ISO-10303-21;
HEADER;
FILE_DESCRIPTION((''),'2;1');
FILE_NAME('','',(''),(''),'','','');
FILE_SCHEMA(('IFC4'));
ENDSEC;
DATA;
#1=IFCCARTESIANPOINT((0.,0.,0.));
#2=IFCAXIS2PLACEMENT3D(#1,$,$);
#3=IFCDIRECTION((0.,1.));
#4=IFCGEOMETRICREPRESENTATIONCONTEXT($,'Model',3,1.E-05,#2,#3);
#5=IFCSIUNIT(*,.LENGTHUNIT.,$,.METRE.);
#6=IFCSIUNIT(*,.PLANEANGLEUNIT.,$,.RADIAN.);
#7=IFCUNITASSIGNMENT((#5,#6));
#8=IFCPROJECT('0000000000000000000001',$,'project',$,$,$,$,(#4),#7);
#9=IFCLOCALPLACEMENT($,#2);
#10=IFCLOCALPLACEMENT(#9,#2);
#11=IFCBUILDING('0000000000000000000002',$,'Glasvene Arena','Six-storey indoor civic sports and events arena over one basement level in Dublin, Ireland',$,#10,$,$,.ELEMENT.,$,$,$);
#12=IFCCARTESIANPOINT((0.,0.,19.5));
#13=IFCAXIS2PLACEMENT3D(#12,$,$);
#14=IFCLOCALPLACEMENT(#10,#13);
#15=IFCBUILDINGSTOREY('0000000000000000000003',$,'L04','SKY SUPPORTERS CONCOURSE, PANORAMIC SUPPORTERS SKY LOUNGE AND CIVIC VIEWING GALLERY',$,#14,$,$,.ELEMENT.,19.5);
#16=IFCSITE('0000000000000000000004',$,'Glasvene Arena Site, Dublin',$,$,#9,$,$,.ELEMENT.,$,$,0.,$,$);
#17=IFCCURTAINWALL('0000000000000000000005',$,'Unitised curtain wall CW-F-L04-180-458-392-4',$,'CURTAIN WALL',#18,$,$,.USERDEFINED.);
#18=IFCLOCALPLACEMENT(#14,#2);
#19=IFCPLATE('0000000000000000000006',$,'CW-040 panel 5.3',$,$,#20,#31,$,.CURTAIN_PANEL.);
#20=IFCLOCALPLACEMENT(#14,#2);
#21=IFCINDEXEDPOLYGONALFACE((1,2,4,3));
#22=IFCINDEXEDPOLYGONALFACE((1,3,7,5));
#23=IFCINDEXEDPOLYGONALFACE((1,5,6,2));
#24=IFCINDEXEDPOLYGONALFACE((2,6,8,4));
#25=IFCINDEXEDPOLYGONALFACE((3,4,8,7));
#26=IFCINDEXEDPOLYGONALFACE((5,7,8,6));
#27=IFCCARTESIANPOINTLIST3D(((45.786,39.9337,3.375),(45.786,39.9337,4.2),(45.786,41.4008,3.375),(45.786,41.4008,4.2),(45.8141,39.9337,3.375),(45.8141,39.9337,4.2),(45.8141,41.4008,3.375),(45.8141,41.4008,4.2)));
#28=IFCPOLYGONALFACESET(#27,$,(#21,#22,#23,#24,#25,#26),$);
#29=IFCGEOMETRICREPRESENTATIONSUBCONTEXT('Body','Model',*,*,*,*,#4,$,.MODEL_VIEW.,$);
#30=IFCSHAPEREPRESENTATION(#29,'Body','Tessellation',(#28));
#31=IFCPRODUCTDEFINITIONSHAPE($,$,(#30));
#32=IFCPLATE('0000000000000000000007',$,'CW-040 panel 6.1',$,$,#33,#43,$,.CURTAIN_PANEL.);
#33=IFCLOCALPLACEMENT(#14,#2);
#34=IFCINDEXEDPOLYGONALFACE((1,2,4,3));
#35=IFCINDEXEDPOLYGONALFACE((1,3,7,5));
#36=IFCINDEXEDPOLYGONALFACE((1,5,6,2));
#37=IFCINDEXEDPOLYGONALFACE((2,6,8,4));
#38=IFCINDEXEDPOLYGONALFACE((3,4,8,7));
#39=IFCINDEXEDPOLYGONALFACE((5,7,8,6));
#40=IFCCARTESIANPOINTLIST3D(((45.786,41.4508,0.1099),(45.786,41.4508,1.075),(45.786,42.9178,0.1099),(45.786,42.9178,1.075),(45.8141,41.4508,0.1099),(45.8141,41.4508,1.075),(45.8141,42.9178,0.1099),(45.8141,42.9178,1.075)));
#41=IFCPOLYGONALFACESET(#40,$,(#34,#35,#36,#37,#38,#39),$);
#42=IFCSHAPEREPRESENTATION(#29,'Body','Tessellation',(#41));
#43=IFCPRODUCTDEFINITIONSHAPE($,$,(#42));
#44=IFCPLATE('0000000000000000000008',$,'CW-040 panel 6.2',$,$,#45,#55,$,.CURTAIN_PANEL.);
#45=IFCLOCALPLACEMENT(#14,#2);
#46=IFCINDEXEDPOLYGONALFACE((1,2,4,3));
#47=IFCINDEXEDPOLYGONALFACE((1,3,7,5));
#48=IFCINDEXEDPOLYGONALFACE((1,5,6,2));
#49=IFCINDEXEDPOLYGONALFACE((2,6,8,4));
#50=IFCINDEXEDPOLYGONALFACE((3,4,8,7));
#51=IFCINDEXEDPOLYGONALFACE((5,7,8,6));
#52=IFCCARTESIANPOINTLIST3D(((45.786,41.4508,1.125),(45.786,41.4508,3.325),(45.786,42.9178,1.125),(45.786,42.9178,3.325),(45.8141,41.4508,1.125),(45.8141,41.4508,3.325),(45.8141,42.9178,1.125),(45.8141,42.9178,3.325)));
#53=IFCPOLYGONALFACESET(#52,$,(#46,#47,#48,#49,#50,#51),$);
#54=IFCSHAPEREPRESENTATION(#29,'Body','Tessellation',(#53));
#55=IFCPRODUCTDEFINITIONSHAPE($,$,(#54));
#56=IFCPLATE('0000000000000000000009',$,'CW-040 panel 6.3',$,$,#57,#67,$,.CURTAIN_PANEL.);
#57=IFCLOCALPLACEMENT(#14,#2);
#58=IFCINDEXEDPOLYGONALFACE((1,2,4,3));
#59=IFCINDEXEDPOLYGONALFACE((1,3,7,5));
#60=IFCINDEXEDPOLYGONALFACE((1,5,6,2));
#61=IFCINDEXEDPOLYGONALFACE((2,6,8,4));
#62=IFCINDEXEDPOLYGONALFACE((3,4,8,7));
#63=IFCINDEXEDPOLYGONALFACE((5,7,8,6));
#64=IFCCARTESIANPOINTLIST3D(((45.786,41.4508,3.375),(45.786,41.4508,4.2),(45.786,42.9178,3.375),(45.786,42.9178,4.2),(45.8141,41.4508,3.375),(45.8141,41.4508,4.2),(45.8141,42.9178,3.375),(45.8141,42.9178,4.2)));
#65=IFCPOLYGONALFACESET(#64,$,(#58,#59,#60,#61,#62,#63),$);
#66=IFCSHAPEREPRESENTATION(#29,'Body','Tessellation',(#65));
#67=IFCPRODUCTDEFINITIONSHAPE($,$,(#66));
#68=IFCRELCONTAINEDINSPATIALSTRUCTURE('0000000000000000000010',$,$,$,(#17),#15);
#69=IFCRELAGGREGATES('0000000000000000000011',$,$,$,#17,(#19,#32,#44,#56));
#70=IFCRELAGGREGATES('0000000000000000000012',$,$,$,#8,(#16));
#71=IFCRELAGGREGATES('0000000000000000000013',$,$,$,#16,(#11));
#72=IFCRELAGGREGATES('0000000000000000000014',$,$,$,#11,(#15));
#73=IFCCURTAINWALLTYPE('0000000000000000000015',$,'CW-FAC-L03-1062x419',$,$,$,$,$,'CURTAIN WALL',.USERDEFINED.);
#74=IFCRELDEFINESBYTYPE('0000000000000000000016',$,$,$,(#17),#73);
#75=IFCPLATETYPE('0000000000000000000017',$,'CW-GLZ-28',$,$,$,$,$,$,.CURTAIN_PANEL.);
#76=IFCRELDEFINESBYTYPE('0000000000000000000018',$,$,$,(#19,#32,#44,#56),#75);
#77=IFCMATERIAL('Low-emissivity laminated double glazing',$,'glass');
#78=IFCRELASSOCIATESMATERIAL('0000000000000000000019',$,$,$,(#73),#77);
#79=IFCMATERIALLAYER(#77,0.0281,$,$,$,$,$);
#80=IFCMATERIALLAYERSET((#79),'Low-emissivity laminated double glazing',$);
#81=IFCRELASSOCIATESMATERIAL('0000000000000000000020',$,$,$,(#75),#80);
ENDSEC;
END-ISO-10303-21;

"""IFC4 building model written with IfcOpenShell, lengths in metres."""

from ifc_helpers import new_model, si_unit, direction, frame, origin, origin_2d, place, context, subcontext, project, spatial, rectangle, extrude, material, layer, layer_set, type_object, element, aggregate, save


model = new_model("IFC4")

# Units and contexts
model_context = context("Model", 3, precision=1e-05, world=origin(), true_north=direction((0.0, 1.0)))
body_context = subcontext(model_context, "Body", "Model", "MODEL_VIEW")
ifc_project = project(units=[si_unit("LENGTHUNIT", "METRE"), si_unit("PLANEANGLEUNIT", "RADIAN")], contexts=[model_context])

# Site, building, storey
site_placement = place(None, origin())
site = spatial("IfcSite", under=ifc_project, at=site_placement, Name="Glasvene Arena Site, Dublin", CompositionType="ELEMENT", RefElevation=0.0)
building_placement = place(site_placement, origin())
building = spatial("IfcBuilding", under=site, at=building_placement, Name="Glasvene Arena", Description="Six-storey indoor civic sports and events arena over one basement level in Dublin, Ireland", CompositionType="ELEMENT")
storey_placement = place(building_placement, frame((0.0, 0.0, 19.5)))
storey = spatial("IfcBuildingStorey", under=building, at=storey_placement, Name="L04", Description="SKY SUPPORTERS CONCOURSE, PANORAMIC SUPPORTERS SKY LOUNGE AND CIVIC VIEWING GALLERY", CompositionType="ELEMENT", Elevation=19.5)

# Curtain wall, plates
ifc_material_1 = material(Name="Low-emissivity laminated double glazing", Category="glass")
curtain_wall_type = type_object("IfcCurtainWallType", Name="CW-FAC-L03-1062x419", ElementType="CURTAIN WALL", PredefinedType="USERDEFINED", material=ifc_material_1)
curtain_wall_placement = place(storey_placement, frame((45.8, 33.8401, 0.0)))
curtain_wall = element("IfcCurtainWall", 1, at=curtain_wall_placement, inside=storey, type_object=curtain_wall_type, Name="Unitised curtain wall CW-F-L04-180-458-392-4", ObjectType="CURTAIN WALL", PredefinedType="USERDEFINED")
ifc_layer = layer(ifc_material_1, 0.0281)
ifc_layer_set = layer_set([ifc_layer], Name="Low-emissivity laminated double glazing")
plate_type = type_object("IfcPlateType", Name="CW-GLZ-28", PredefinedType="CURTAIN_PANEL", material=ifc_layer_set)
plate_1_placement = place(storey_placement, frame((45.8, 40.6672, 3.375), z_axis=(0.0, 0.0, 1.0), x_axis=(0.0, 1.0, 0.0)))
plate_1 = element("IfcPlate", 2, at=plate_1_placement, type_object=plate_type, Name="CW-040 panel 5.3", PredefinedType="CURTAIN_PANEL", context=body_context, shape_type="SweptSolid", body=[
    extrude(rectangle(XDim=1.467, YDim=0.0281, at=origin_2d()), origin(), (0.0, 0.0, 1.0), 0.825),
])
plate_2_placement = place(storey_placement, frame((45.8, 42.1843, 0.1099), z_axis=(0.0, 0.0, 1.0), x_axis=(0.0, 1.0, 0.0)))
plate_2 = element("IfcPlate", 3, at=plate_2_placement, type_object=plate_type, Name="CW-040 panel 6.1", PredefinedType="CURTAIN_PANEL", context=body_context, shape_type="SweptSolid", body=[
    extrude(rectangle(XDim=1.467, YDim=0.0281, at=origin_2d()), origin(), (0.0, 0.0, 1.0), 0.9651),
])
plate_3_placement = place(storey_placement, frame((45.8, 42.1843, 1.125), z_axis=(0.0, 0.0, 1.0), x_axis=(0.0, 1.0, 0.0)))
plate_3 = element("IfcPlate", 4, at=plate_3_placement, type_object=plate_type, Name="CW-040 panel 6.2", PredefinedType="CURTAIN_PANEL", context=body_context, shape_type="SweptSolid", body=[
    extrude(rectangle(XDim=1.467, YDim=0.0281, at=origin_2d()), origin(), (0.0, 0.0, 1.0), 2.2),
])
plate_4_placement = place(storey_placement, frame((45.8, 42.1843, 3.375), z_axis=(0.0, 0.0, 1.0), x_axis=(0.0, 1.0, 0.0)))
plate_4 = element("IfcPlate", 5, at=plate_4_placement, type_object=plate_type, Name="CW-040 panel 6.3", PredefinedType="CURTAIN_PANEL", context=body_context, shape_type="SweptSolid", body=[
    extrude(rectangle(XDim=1.467, YDim=0.0281, at=origin_2d()), origin(), (0.0, 0.0, 1.0), 0.825),
])
aggregate(curtain_wall, [plate_1, plate_2, plate_3, plate_4])

save(model, "model.ifc")
